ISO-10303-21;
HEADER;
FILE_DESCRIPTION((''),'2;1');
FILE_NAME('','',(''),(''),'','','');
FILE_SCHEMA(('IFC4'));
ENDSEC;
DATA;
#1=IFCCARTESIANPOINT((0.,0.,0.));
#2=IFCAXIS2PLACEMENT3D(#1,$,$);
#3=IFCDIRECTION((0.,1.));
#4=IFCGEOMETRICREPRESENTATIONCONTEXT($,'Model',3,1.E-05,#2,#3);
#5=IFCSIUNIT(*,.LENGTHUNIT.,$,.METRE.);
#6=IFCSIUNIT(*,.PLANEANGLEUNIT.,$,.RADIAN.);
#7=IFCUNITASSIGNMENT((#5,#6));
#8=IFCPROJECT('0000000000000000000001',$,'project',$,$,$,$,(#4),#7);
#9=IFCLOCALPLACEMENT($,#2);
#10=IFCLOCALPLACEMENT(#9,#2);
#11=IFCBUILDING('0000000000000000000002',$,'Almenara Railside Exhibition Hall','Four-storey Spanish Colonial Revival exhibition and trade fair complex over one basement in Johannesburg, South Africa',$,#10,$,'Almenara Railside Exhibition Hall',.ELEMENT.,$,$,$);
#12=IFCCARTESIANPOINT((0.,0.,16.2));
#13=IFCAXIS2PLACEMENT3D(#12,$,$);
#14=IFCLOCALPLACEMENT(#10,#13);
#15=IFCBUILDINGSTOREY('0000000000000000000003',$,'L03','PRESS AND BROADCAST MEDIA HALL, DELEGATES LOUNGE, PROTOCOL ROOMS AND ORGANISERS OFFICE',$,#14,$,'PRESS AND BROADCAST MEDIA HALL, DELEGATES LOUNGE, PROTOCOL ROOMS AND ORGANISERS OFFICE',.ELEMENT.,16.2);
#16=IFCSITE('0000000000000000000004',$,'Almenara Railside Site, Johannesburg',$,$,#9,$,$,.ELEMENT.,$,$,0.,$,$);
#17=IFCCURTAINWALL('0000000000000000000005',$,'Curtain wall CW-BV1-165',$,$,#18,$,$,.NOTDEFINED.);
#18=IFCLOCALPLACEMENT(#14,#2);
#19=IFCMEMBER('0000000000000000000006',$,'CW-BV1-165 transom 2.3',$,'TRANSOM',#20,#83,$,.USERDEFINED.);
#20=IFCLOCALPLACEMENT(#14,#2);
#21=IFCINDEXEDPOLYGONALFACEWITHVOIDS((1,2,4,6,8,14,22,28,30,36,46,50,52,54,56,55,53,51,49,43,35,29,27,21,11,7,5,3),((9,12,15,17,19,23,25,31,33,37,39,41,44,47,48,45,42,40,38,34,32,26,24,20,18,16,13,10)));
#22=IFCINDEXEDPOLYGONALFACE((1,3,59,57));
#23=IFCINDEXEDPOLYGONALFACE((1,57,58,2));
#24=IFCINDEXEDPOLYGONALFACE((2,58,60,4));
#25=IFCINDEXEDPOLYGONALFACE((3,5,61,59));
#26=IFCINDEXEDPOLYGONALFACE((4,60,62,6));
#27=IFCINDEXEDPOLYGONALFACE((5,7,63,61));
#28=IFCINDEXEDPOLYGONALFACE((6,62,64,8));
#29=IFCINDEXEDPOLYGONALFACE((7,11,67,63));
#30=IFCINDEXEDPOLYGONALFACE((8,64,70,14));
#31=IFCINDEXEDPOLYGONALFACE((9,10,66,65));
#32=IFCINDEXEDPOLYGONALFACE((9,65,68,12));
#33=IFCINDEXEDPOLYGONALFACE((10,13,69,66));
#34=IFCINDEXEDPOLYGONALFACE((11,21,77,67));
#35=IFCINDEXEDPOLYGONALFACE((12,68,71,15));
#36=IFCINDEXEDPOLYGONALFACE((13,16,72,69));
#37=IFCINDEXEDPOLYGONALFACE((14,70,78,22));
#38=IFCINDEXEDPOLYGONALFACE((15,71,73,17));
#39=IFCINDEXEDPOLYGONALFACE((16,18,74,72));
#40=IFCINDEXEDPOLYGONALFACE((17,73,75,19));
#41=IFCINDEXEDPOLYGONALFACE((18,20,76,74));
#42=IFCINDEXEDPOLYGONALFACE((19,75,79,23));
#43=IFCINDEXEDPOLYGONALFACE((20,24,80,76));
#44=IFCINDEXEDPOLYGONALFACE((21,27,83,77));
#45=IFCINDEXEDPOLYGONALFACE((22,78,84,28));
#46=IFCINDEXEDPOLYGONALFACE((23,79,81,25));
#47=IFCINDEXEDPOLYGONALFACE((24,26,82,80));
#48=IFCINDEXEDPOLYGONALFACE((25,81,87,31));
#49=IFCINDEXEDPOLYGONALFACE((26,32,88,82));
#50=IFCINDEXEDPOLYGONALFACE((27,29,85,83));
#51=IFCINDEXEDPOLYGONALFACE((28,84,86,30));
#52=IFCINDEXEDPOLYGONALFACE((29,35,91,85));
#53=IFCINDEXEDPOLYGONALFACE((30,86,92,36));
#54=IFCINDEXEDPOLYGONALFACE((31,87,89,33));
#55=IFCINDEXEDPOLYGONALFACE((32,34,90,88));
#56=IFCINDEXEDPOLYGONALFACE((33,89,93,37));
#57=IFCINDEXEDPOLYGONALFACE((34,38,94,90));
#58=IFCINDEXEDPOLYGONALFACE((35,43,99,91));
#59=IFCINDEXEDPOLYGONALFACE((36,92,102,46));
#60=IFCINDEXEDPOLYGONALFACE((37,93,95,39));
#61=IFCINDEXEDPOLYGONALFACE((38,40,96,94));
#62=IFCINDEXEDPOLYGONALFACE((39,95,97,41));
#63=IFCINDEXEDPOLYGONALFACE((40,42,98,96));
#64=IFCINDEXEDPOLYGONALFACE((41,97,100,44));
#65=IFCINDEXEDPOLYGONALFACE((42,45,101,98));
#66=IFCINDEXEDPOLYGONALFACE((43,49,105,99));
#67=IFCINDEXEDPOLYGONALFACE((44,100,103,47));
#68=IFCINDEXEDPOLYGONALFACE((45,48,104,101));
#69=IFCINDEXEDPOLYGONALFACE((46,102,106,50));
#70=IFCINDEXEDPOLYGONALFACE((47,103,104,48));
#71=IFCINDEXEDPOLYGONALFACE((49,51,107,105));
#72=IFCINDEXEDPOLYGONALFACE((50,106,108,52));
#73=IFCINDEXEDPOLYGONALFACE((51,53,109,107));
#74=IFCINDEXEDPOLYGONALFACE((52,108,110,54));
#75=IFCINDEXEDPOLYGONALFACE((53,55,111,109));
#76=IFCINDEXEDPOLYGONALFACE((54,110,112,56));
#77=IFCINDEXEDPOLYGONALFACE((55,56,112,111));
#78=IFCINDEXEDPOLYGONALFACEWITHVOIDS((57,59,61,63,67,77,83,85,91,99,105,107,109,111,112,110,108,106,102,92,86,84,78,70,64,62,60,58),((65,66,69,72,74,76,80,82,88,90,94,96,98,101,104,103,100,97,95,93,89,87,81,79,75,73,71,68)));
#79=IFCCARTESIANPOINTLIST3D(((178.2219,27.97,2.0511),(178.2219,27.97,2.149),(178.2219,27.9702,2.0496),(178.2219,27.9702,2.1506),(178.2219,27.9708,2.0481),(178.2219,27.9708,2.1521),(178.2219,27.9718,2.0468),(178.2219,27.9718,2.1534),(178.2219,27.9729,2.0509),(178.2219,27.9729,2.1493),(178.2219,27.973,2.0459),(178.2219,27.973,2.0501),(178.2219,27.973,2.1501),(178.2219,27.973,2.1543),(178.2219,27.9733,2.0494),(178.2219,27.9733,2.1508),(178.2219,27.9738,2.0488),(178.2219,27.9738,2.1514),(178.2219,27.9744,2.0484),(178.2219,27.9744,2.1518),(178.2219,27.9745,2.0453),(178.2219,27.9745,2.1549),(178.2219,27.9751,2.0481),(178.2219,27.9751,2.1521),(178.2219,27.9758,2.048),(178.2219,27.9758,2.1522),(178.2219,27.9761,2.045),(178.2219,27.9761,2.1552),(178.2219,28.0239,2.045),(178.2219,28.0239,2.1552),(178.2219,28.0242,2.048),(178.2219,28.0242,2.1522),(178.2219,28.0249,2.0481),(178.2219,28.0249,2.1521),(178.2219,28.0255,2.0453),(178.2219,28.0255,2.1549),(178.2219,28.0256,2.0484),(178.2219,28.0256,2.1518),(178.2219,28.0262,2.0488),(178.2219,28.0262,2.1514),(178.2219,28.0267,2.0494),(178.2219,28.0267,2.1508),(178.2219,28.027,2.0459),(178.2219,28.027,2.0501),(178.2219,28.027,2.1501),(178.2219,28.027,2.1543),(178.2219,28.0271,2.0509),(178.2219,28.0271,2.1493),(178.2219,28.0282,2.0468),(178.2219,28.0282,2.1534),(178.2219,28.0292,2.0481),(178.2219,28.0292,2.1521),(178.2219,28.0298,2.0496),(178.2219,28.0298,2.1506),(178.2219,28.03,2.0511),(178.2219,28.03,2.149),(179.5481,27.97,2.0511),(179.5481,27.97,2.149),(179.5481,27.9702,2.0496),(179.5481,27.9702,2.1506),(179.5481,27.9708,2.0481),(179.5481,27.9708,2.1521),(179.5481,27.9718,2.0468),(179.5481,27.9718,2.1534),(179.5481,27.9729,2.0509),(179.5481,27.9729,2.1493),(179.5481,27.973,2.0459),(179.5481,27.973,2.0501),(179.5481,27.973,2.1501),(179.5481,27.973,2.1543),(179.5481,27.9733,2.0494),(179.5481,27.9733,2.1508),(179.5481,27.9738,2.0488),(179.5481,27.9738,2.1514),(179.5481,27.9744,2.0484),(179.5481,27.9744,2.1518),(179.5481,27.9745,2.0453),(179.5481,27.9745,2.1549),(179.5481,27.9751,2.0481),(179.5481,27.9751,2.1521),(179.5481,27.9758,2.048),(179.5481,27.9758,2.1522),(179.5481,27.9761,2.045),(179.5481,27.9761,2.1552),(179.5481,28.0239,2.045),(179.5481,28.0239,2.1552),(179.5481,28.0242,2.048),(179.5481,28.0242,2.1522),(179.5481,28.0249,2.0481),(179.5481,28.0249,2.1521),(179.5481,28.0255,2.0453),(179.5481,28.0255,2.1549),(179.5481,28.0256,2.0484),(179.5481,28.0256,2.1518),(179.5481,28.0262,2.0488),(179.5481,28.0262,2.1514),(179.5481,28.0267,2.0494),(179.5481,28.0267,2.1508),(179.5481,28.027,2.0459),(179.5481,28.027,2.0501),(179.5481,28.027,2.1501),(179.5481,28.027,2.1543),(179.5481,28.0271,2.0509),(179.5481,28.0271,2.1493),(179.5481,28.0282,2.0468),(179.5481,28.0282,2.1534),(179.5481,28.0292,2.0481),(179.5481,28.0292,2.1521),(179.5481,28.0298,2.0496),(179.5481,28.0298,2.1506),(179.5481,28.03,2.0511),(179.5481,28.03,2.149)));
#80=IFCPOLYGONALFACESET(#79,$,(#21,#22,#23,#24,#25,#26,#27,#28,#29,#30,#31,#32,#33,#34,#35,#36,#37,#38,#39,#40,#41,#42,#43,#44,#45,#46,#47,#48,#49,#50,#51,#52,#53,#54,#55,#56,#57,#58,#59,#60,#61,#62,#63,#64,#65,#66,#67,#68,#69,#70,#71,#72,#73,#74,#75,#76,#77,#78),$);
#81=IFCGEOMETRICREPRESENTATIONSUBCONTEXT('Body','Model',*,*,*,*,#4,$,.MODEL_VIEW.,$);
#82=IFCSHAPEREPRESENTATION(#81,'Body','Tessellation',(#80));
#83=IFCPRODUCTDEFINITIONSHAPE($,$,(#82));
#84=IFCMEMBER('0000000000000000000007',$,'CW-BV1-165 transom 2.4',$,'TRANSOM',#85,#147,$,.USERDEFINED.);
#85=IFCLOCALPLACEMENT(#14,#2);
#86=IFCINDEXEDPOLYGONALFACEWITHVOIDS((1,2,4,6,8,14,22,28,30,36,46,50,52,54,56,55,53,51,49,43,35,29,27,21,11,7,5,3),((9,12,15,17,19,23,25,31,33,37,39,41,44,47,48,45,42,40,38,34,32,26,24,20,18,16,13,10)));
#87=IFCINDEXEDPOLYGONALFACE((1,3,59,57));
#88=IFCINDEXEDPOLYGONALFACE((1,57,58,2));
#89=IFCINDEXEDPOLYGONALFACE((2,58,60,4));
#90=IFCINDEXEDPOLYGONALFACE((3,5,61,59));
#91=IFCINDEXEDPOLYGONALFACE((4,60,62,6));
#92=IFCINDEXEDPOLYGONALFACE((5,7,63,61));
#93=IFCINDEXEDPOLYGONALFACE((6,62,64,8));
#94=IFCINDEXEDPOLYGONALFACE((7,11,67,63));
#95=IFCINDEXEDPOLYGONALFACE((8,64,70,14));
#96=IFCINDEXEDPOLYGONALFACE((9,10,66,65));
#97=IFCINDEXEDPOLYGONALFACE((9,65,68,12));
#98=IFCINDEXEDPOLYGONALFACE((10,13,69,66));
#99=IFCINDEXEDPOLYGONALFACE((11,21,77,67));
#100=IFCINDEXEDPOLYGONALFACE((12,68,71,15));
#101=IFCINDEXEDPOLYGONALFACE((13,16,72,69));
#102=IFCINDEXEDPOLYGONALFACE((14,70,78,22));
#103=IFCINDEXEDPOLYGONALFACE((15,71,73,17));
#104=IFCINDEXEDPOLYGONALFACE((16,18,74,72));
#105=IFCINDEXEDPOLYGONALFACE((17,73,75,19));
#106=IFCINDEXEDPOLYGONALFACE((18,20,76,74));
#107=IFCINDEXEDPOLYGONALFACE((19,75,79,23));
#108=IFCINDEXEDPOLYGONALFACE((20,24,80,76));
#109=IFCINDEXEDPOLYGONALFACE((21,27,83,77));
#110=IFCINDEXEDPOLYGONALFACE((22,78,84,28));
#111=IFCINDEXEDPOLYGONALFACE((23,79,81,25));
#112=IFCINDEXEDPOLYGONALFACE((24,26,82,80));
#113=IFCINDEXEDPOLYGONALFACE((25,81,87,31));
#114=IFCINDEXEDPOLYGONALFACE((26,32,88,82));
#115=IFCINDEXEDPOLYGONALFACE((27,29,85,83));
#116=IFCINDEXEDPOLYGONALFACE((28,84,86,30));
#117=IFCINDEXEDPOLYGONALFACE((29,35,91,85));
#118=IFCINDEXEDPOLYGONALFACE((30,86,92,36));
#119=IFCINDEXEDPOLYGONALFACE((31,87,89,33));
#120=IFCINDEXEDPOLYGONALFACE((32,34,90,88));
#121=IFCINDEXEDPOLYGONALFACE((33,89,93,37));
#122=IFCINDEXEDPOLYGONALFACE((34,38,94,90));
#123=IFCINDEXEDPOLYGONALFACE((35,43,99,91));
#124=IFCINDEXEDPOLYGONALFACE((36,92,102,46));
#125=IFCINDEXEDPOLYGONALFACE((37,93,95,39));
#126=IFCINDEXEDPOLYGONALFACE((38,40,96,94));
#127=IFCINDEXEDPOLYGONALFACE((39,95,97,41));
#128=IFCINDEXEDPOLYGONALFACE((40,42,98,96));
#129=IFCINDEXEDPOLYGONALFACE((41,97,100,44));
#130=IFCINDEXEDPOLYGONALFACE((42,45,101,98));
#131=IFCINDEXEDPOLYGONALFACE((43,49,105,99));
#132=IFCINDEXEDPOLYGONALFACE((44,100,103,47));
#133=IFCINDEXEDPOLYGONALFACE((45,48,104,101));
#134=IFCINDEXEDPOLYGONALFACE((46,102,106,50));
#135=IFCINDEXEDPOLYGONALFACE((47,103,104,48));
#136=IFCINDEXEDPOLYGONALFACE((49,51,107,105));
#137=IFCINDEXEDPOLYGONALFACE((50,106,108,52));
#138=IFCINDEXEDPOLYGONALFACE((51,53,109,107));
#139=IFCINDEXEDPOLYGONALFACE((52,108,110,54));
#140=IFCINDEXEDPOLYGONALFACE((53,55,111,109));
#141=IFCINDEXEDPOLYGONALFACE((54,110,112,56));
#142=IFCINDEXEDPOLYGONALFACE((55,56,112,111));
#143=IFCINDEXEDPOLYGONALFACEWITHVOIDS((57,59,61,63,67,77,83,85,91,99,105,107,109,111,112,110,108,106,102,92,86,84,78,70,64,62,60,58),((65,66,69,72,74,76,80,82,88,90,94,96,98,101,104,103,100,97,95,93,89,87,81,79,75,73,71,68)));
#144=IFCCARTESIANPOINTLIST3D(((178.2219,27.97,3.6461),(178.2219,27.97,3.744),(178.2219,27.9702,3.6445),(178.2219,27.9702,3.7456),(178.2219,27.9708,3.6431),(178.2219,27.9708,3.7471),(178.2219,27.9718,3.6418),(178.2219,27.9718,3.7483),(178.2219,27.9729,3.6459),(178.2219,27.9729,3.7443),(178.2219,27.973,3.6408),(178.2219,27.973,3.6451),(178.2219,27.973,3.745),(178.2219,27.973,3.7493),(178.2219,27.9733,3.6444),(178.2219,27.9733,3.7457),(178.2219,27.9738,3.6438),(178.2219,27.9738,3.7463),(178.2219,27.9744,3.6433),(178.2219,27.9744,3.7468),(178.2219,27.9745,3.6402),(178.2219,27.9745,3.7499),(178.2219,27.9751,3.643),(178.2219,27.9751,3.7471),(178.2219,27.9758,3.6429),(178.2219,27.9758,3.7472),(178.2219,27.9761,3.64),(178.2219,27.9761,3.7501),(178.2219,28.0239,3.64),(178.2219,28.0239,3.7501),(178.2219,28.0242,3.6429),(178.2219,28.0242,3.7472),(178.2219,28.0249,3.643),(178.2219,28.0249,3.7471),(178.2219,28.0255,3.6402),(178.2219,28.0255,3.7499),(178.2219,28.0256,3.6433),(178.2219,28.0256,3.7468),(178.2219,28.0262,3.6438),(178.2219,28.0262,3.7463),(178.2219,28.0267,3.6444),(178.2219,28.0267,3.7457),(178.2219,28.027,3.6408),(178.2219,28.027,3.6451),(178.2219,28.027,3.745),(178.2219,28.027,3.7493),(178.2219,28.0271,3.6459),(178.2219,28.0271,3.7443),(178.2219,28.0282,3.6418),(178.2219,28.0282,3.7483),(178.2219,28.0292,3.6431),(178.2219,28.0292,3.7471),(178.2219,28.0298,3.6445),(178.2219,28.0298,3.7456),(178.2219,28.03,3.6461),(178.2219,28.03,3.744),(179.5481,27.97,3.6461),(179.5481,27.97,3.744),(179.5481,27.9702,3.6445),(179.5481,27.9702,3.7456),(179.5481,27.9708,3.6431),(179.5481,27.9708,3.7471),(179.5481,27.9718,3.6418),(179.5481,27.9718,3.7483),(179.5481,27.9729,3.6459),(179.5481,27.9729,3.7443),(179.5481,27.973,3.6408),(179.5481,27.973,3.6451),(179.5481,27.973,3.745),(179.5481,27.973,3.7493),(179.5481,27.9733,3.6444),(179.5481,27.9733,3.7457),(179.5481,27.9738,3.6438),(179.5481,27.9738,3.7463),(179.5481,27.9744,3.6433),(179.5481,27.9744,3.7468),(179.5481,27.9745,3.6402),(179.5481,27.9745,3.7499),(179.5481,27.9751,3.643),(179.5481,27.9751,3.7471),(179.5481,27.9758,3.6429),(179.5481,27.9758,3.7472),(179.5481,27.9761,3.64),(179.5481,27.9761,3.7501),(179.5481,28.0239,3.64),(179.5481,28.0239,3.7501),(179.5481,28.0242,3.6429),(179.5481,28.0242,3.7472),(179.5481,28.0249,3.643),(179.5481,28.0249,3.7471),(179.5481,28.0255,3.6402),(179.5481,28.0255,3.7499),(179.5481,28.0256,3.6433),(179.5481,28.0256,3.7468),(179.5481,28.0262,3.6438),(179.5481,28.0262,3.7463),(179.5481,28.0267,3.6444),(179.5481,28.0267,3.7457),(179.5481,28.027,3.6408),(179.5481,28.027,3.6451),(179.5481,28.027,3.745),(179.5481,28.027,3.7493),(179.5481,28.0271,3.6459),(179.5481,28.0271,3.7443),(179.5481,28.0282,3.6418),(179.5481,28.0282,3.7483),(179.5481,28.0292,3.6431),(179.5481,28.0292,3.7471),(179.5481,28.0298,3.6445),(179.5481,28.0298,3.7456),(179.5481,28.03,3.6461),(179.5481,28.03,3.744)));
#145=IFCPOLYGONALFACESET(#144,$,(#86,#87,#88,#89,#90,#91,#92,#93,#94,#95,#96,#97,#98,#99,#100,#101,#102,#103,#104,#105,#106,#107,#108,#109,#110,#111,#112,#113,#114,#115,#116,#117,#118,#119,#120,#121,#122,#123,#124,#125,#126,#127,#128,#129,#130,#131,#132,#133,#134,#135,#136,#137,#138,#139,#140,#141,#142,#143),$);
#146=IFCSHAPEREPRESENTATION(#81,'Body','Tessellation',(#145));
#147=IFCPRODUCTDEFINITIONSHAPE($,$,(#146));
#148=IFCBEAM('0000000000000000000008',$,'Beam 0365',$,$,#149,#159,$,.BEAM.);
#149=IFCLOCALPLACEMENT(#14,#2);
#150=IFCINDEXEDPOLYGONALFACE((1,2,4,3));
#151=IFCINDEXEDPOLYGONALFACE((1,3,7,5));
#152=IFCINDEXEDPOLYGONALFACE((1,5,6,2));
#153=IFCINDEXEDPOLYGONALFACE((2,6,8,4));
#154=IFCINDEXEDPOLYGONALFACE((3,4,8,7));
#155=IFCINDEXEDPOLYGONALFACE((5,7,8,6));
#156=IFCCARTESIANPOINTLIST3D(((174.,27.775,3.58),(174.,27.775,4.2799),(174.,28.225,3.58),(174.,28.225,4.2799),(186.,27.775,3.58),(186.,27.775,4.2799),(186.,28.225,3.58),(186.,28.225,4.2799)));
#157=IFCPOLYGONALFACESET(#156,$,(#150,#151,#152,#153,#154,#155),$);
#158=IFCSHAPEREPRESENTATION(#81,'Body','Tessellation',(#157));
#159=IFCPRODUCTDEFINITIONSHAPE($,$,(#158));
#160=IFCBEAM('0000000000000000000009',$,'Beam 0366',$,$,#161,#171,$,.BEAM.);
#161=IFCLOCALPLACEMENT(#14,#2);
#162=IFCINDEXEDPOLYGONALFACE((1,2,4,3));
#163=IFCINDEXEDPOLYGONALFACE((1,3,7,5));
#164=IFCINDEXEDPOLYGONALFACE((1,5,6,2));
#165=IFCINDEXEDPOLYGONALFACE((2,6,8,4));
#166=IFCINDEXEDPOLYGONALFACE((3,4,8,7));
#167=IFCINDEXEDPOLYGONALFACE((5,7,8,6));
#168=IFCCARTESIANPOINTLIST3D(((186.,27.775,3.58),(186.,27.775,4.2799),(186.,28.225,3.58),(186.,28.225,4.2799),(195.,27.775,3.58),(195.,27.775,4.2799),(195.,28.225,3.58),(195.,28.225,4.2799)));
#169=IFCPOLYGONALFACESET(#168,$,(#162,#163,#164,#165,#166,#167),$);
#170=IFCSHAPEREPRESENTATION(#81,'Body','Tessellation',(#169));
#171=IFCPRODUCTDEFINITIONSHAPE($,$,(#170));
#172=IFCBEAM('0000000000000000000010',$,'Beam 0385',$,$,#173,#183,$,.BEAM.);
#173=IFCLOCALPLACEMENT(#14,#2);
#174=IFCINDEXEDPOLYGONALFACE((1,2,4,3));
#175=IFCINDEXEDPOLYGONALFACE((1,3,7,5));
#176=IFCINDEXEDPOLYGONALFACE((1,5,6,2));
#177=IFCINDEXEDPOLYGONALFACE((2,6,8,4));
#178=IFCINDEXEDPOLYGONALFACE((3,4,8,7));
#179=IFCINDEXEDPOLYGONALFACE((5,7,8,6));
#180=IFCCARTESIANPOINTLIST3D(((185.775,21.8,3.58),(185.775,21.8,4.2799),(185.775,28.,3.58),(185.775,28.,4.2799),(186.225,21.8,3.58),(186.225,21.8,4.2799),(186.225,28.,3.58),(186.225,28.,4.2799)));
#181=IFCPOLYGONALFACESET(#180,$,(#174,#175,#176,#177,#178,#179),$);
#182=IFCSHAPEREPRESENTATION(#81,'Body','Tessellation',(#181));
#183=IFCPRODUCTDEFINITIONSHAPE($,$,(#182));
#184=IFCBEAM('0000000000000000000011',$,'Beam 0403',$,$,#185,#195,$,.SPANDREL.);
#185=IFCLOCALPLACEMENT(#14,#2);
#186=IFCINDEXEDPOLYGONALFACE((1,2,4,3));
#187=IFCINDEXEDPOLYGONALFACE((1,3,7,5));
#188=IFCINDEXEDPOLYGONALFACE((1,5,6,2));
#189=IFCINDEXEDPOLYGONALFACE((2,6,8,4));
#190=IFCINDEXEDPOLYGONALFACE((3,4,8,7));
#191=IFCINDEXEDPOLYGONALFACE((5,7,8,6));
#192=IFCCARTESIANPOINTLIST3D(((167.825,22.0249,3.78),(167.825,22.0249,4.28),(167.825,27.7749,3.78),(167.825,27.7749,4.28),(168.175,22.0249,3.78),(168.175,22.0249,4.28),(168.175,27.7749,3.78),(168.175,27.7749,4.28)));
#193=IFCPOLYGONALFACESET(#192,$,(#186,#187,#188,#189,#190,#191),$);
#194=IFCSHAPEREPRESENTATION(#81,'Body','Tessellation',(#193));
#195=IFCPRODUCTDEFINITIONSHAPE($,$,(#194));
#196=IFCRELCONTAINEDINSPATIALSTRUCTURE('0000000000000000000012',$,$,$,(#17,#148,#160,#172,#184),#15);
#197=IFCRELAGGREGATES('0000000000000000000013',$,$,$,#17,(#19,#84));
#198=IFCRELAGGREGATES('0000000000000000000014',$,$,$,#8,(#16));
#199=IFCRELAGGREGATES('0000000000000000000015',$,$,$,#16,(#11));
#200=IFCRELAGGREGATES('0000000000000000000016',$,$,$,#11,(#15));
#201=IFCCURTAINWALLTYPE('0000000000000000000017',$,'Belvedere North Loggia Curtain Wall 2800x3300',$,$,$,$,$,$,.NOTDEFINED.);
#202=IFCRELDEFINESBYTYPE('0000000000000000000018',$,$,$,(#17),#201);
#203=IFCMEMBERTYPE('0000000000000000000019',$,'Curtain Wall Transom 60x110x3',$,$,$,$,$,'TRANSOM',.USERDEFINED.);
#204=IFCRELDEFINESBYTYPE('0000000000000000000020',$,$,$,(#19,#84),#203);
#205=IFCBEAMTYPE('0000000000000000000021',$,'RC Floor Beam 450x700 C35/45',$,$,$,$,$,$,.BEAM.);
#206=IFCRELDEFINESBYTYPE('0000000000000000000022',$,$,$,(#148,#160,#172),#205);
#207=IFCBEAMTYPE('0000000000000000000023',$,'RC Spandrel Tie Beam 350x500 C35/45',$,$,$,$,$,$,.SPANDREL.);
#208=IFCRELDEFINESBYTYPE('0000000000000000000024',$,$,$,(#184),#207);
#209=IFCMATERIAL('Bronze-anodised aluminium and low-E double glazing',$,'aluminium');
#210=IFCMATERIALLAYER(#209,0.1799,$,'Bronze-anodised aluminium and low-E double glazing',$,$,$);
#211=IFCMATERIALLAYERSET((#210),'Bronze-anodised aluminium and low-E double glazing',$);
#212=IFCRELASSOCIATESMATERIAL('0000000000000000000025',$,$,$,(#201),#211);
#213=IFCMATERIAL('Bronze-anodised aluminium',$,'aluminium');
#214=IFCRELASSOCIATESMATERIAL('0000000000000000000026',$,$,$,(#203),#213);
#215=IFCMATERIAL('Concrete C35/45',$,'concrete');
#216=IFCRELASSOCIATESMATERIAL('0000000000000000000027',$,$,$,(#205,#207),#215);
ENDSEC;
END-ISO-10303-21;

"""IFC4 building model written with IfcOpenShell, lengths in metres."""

from ifc_helpers import new_model, si_unit, direction, frame, origin, origin_2d, place, context, subcontext, project, spatial, rectangle, hollow_rectangle, extrude, material, layer, layer_set, material_profile, profile_set, type_object, element, aggregate, save


model = new_model("IFC4")

# Units and contexts
model_context = context("Model", 3, precision=1e-05, world=origin(), true_north=direction((0.0, 1.0)))
body_context = subcontext(model_context, "Body", "Model", "MODEL_VIEW")
ifc_project = project(units=[si_unit("LENGTHUNIT", "METRE"), si_unit("PLANEANGLEUNIT", "RADIAN")], contexts=[model_context])

# Site, building, storey
site_placement = place(None, origin())
site = spatial("IfcSite", under=ifc_project, at=site_placement, Name="Almenara Railside Site, Johannesburg", CompositionType="ELEMENT", RefElevation=0.0)
building_placement = place(site_placement, origin())
building = spatial("IfcBuilding", under=site, at=building_placement, Name="Almenara Railside Exhibition Hall", Description="Four-storey Spanish Colonial Revival exhibition and trade fair complex over one basement in Johannesburg, South Africa", LongName="Almenara Railside Exhibition Hall", CompositionType="ELEMENT")
storey_placement = place(building_placement, frame((0.0, 0.0, 16.2)))
storey = spatial("IfcBuildingStorey", under=building, at=storey_placement, Name="L03", Description="PRESS AND BROADCAST MEDIA HALL, DELEGATES LOUNGE, PROTOCOL ROOMS AND ORGANISERS OFFICE", LongName="PRESS AND BROADCAST MEDIA HALL, DELEGATES LOUNGE, PROTOCOL ROOMS AND ORGANISERS OFFICE", CompositionType="ELEMENT", Elevation=16.2)

# Shared definitions
ifc_material_1 = material(Name="Concrete C35/45", Category="concrete")

# Shared definitions
ifc_material_2 = material(Name="Bronze-anodised aluminium and low-E double glazing", Category="aluminium")
ifc_layer_1 = layer(ifc_material_2, 0.1799, Name="Bronze-anodised aluminium and low-E double glazing")
ifc_layer_set_1 = layer_set([ifc_layer_1], Name="Bronze-anodised aluminium and low-E double glazing")
curtain_wall_type = type_object("IfcCurtainWallType", Name="Belvedere North Loggia Curtain Wall 2800x3300", PredefinedType="NOTDEFINED", material=ifc_layer_set_1)
ifc_material_3 = material(Name="Bronze-anodised aluminium", Category="aluminium")

# Curtain wall
curtain_wall_1_placement = place(storey_placement, origin())
curtain_wall_1 = element("IfcCurtainWall", 1, at=curtain_wall_1_placement, inside=storey, type_object=curtain_wall_type, Name="Curtain wall CW-BV1-165", PredefinedType="NOTDEFINED")

# Members
ifc_material_profile_1 = material_profile(ifc_material_3, hollow_rectangle(XDim=0.0601, YDim=0.1101, WallThickness=0.0029, InnerFilletRadius=0.0029, OuterFilletRadius=0.0061, at=origin_2d()), Name="ALU-TRN 60x110x3")
ifc_profile_set_1 = profile_set([ifc_material_profile_1], Name="Bronze-anodised aluminium")
member_type_1 = type_object("IfcMemberType", Name="Curtain Wall Transom 60x110x3", ElementType="TRANSOM", PredefinedType="USERDEFINED", material=ifc_profile_set_1)
member_1_placement = place(storey_placement, frame((178.2219, 28.0, 2.1001), z_axis=(1.0, 0.0, 0.0), x_axis=(0.0, 1.0, 0.0)))
member_1 = element("IfcMember", 2, at=member_1_placement, type_object=member_type_1, Name="CW-BV1-165 transom 2.3", ObjectType="TRANSOM", PredefinedType="USERDEFINED", context=body_context, shape_type="SweptSolid", body=[
    extrude(hollow_rectangle(XDim=0.0601, YDim=0.1101, WallThickness=0.0029, InnerFilletRadius=0.0029, OuterFilletRadius=0.0061, at=origin_2d()), origin(), (0.0, 0.0, 1.0), 1.3262),
])
member_2_placement = place(storey_placement, frame((178.2219, 28.0, 3.6951), z_axis=(1.0, 0.0, 0.0), x_axis=(0.0, 1.0, 0.0)))
member_2 = element("IfcMember", 3, at=member_2_placement, type_object=member_type_1, Name="CW-BV1-165 transom 2.4", ObjectType="TRANSOM", PredefinedType="USERDEFINED", context=body_context, shape_type="SweptSolid", body=[
    extrude(hollow_rectangle(XDim=0.0601, YDim=0.1101, WallThickness=0.0029, InnerFilletRadius=0.0029, OuterFilletRadius=0.0061, at=origin_2d()), origin(), (0.0, 0.0, 1.0), 1.3262),
])

# Beams
ifc_material_profile_2 = material_profile(ifc_material_1, rectangle(XDim=0.45, YDim=0.7, at=origin_2d()), Name="RC 450x700")
ifc_profile_set_2 = profile_set([ifc_material_profile_2], Name="Concrete C35/45")
beam_type_1 = type_object("IfcBeamType", Name="RC Floor Beam 450x700 C35/45", PredefinedType="BEAM", material=ifc_profile_set_2)
beam_1_placement = place(storey_placement, frame((174.0, 28.0, 3.9299), z_axis=(1.0, 0.0, 0.0), x_axis=(0.0, 1.0, 0.0)))
element("IfcBeam", 4, at=beam_1_placement, inside=storey, type_object=beam_type_1, Name="Beam 0365", PredefinedType="BEAM", context=body_context, shape_type="SweptSolid", body=[
    extrude(rectangle(XDim=0.45, YDim=0.7, at=origin_2d()), origin(), (0.0, 0.0, 1.0), 12.0),
])
beam_2_placement = place(storey_placement, frame((186.0, 28.0, 3.9299), z_axis=(1.0, 0.0, 0.0), x_axis=(0.0, 1.0, 0.0)))
element("IfcBeam", 5, at=beam_2_placement, inside=storey, type_object=beam_type_1, Name="Beam 0366", PredefinedType="BEAM", context=body_context, shape_type="SweptSolid", body=[
    extrude(rectangle(XDim=0.45, YDim=0.7, at=origin_2d()), origin(), (0.0, 0.0, 1.0), 9.0),
])
beam_3_placement = place(storey_placement, frame((186.0, 21.8, 3.9299), z_axis=(0.0, 1.0, 0.0), x_axis=(-1.0, 0.0, 0.0)))
element("IfcBeam", 6, at=beam_3_placement, inside=storey, type_object=beam_type_1, Name="Beam 0385", PredefinedType="BEAM", context=body_context, shape_type="SweptSolid", body=[
    extrude(rectangle(XDim=0.45, YDim=0.7, at=origin_2d()), origin(), (0.0, 0.0, 1.0), 6.2),
])
ifc_material_profile_3 = material_profile(ifc_material_1, rectangle(XDim=0.3501, YDim=0.5, at=origin_2d()), Name="RC 350x500")
ifc_profile_set_3 = profile_set([ifc_material_profile_3], Name="Concrete C35/45")
beam_type_2 = type_object("IfcBeamType", Name="RC Spandrel Tie Beam 350x500 C35/45", PredefinedType="SPANDREL", material=ifc_profile_set_3)
for number, where, z_axis, x_axis, name in (
    (7, (168.0, 22.0249, 4.03), (0.0, 1.0, 0.0), (-1.0, 0.0, 0.0), "Beam 0403"),
):
    element("IfcBeam", number, at=place(storey_placement, frame(where, z_axis=z_axis, x_axis=x_axis)), inside=storey, type_object=beam_type_2, Name=name, PredefinedType="SPANDREL", context=body_context, shape_type="SweptSolid", body=[
        extrude(rectangle(XDim=0.3501, YDim=0.5, at=origin_2d()), origin(), (0.0, 0.0, 1.0), 5.75),
    ])

aggregate(curtain_wall_1, [member_1, member_2])

save(model, "model.ifc")
